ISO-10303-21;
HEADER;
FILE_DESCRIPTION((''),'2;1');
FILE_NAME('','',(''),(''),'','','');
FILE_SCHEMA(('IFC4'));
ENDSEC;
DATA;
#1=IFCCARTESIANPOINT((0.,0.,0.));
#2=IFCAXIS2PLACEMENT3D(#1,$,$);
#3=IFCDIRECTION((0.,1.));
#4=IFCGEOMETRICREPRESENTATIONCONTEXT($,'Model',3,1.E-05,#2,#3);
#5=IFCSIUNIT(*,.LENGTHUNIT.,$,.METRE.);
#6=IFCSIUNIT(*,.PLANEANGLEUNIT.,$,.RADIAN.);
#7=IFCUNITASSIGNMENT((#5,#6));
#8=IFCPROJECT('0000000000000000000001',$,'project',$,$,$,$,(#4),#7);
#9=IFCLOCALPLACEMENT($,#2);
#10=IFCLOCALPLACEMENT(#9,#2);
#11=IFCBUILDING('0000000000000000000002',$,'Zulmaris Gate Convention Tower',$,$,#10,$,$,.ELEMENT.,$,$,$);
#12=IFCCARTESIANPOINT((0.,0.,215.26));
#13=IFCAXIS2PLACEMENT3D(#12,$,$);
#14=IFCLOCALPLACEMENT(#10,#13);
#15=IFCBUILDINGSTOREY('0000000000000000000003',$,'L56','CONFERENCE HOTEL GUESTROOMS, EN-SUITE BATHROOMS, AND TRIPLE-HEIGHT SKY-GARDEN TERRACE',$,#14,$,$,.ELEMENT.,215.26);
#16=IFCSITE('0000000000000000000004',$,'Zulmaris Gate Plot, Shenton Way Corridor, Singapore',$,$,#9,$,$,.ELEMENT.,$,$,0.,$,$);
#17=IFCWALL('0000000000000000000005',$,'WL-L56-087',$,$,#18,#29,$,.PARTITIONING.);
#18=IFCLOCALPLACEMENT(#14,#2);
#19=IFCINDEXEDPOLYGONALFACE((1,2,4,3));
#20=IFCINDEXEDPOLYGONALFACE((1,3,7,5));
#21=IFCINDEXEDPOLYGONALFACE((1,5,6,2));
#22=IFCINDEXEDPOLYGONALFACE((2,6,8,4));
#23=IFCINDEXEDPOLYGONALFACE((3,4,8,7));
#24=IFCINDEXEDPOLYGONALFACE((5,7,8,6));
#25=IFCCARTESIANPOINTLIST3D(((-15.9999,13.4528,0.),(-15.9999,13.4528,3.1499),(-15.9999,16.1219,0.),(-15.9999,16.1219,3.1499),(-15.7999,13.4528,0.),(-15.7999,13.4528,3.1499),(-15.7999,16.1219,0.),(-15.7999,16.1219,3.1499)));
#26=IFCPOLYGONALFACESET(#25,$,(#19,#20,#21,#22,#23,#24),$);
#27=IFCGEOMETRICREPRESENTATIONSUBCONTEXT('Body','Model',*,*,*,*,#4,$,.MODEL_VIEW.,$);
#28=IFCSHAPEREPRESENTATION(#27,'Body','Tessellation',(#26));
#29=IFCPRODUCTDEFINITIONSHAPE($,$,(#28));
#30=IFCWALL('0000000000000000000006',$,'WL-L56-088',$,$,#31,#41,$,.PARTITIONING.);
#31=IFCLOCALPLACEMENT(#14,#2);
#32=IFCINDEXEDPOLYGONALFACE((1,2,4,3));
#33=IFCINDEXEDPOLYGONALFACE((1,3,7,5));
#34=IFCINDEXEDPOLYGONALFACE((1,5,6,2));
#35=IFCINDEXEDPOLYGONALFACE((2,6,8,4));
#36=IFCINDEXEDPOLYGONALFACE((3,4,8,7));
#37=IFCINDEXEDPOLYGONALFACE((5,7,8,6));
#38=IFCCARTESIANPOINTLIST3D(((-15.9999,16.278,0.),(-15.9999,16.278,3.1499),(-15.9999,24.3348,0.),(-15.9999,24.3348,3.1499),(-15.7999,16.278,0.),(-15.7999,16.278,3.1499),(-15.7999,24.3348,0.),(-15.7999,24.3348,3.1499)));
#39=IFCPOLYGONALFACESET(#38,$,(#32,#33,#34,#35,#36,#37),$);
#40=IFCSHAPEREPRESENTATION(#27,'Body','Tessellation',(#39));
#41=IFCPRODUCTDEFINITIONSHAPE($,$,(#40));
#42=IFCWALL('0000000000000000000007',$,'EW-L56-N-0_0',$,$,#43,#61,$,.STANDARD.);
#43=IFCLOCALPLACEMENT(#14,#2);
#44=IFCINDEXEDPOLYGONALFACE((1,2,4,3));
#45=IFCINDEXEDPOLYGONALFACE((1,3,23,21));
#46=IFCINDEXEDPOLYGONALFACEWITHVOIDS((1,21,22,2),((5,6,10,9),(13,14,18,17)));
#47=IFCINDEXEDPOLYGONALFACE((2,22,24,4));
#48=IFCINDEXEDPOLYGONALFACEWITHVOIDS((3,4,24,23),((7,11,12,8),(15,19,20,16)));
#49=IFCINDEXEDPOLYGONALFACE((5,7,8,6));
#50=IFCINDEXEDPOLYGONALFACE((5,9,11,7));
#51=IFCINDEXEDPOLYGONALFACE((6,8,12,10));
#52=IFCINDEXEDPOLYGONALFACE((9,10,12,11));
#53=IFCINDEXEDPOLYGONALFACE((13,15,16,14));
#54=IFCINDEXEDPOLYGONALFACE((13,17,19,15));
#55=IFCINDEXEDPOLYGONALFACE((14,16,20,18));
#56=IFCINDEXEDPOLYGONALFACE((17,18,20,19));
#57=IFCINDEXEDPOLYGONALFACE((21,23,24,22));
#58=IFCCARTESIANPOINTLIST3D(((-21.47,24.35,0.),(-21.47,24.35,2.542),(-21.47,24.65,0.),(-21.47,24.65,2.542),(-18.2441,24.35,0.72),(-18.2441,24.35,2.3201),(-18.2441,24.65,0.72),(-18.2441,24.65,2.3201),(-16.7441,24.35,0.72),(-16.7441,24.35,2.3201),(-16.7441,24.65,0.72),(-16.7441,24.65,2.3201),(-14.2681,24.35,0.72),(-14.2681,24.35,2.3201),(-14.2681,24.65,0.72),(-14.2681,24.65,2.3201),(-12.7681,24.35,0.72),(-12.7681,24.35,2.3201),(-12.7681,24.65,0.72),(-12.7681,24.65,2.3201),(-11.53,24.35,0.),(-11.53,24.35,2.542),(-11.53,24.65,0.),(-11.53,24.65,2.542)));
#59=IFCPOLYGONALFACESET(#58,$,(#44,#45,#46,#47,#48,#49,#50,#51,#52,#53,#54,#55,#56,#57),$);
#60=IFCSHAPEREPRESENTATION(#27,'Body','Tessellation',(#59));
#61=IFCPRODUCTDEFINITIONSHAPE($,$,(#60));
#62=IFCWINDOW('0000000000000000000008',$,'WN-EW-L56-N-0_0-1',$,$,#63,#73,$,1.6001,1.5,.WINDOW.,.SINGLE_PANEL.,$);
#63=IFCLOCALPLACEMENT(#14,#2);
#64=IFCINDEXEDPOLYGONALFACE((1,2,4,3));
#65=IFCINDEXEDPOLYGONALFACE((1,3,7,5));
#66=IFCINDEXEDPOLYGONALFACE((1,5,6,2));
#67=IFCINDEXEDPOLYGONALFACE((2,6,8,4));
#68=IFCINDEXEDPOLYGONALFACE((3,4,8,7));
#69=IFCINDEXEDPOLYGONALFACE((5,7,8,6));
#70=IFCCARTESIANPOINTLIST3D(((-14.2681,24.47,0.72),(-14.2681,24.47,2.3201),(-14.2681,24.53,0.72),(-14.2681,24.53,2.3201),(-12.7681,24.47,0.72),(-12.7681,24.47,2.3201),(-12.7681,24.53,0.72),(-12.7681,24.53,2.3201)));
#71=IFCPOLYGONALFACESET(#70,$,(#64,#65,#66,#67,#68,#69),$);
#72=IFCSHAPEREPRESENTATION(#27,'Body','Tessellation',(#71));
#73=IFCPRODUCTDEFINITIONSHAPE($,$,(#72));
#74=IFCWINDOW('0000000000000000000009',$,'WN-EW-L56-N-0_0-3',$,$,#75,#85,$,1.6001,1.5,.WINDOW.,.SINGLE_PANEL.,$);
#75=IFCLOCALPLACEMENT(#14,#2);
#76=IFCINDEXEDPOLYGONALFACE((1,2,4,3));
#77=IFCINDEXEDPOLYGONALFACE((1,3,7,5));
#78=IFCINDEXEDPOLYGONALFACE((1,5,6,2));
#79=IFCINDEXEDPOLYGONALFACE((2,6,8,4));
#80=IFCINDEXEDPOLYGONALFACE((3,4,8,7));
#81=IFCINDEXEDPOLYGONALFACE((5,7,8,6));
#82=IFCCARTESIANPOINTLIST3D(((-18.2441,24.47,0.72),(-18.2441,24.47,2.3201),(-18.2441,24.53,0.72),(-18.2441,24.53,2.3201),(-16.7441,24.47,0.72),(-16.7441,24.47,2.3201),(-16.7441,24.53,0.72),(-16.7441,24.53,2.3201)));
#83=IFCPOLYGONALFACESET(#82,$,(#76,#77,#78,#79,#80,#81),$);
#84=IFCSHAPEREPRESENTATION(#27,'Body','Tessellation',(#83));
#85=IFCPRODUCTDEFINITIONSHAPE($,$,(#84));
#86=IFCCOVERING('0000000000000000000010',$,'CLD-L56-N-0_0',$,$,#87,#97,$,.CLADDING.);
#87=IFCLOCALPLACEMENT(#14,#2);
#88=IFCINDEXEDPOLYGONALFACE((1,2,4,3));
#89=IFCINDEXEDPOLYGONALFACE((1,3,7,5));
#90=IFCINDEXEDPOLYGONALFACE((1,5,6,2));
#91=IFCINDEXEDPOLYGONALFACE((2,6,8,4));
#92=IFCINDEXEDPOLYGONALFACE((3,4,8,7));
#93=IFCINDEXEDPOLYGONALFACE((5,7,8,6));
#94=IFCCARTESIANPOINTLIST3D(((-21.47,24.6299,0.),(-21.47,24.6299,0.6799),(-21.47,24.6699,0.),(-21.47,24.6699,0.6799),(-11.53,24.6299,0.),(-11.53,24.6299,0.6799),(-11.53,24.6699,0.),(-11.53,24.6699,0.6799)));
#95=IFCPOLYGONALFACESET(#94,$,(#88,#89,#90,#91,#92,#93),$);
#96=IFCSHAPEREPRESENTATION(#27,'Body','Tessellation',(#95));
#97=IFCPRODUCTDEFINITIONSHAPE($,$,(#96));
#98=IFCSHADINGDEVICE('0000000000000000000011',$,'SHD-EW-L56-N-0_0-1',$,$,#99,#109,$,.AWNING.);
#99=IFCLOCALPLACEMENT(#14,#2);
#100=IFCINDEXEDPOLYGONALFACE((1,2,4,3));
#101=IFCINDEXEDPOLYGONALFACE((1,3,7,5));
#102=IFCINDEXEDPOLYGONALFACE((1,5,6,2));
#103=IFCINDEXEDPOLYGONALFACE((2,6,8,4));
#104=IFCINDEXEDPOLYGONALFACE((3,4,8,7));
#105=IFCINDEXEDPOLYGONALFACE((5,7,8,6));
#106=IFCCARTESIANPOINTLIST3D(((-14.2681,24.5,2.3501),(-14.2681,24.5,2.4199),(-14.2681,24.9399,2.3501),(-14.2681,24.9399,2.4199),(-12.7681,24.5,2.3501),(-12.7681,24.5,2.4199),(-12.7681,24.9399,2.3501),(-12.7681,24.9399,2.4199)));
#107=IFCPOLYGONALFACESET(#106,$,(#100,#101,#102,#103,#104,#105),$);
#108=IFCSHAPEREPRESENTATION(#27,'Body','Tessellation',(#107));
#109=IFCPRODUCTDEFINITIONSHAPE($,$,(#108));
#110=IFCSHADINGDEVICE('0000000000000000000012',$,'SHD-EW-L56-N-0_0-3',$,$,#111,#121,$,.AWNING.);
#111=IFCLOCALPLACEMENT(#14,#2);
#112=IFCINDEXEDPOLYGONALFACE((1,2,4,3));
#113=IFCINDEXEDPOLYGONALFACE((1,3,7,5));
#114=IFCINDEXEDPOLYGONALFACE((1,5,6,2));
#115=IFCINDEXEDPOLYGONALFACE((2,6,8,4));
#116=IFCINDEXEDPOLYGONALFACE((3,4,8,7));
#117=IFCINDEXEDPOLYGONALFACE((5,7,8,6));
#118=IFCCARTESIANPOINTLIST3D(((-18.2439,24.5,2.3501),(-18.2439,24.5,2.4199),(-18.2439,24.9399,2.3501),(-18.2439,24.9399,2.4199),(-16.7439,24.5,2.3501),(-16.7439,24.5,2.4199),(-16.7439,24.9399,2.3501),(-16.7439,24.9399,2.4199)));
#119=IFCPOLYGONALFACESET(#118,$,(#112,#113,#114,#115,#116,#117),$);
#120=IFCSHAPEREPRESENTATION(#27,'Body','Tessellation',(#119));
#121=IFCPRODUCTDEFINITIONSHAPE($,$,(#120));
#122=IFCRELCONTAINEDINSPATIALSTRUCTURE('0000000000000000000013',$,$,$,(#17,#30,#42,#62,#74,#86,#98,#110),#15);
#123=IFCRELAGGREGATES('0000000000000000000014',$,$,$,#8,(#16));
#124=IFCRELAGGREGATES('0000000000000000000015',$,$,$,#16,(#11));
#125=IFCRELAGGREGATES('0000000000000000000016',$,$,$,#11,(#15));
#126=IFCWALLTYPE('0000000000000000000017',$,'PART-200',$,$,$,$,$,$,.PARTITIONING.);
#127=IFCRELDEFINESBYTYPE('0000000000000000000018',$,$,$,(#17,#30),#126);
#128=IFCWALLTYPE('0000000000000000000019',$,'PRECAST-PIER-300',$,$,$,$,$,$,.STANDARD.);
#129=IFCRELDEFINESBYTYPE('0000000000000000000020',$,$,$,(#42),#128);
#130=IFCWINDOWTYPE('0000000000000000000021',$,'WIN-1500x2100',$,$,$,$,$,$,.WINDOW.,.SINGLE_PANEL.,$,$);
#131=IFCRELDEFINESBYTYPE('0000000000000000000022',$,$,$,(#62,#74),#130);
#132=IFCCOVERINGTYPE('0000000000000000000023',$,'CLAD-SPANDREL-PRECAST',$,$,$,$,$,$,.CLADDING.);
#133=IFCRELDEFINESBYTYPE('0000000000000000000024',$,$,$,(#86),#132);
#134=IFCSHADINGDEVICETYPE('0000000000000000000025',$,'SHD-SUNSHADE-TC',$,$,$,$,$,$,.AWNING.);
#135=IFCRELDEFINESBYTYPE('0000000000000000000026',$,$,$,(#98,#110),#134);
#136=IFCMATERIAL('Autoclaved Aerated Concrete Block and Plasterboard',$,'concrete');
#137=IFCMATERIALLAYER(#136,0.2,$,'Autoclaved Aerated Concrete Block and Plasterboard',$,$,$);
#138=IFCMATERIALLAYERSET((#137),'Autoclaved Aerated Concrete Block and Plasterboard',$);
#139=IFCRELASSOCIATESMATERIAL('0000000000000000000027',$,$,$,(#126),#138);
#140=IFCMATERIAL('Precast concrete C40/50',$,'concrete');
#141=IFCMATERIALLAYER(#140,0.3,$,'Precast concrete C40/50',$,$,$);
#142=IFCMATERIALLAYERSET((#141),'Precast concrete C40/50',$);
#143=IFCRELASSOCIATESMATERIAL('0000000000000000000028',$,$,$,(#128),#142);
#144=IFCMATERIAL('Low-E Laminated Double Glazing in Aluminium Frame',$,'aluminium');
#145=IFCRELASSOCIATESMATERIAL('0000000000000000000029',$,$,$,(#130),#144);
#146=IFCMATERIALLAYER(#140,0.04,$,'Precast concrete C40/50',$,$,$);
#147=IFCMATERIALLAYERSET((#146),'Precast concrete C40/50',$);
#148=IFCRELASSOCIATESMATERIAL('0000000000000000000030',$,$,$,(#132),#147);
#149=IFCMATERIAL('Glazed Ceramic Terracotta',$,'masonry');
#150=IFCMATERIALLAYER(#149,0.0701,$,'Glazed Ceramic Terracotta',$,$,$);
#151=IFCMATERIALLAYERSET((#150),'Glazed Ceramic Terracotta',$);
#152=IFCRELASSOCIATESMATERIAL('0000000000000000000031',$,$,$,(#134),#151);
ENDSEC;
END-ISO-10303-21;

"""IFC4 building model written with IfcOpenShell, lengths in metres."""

from ifc_helpers import new_model, si_unit, direction, frame, frame_2d, origin, place, context, subcontext, project, spatial, rectangle, extrude, material, layer, layer_set, type_object, element, fill, save


model = new_model("IFC4")

# Units and contexts
model_context = context("Model", 3, precision=1e-05, world=origin(), true_north=direction((0.0, 1.0)))
body_context = subcontext(model_context, "Body", "Model", "MODEL_VIEW")
ifc_project = project(units=[si_unit("LENGTHUNIT", "METRE"), si_unit("PLANEANGLEUNIT", "RADIAN")], contexts=[model_context])

# Site, building, storey
site_placement = place(None, origin())
site = spatial("IfcSite", under=ifc_project, at=site_placement, Name="Zulmaris Gate Plot, Shenton Way Corridor, Singapore", CompositionType="ELEMENT", RefElevation=0.0)
building_placement = place(site_placement, origin())
building = spatial("IfcBuilding", under=site, at=building_placement, Name="Zulmaris Gate Convention Tower", CompositionType="ELEMENT")
storey_placement = place(building_placement, frame((0.0, 0.0, 215.26)))
storey = spatial("IfcBuildingStorey", under=building, at=storey_placement, Name="L56", Description="CONFERENCE HOTEL GUESTROOMS, EN-SUITE BATHROOMS, AND TRIPLE-HEIGHT SKY-GARDEN TERRACE", CompositionType="ELEMENT", Elevation=215.26)

# Walls
ifc_material_1 = material(Name="Autoclaved Aerated Concrete Block and Plasterboard", Category="concrete")
ifc_layer_1 = layer(ifc_material_1, 0.2, Name="Autoclaved Aerated Concrete Block and Plasterboard")
ifc_layer_set_1 = layer_set([ifc_layer_1], Name="Autoclaved Aerated Concrete Block and Plasterboard")
wall_type_1 = type_object("IfcWallType", Name="PART-200", PredefinedType="PARTITIONING", material=ifc_layer_set_1)
wall_1_placement = place(storey_placement, frame((-15.8999, 13.4529, 0.0), z_axis=(0.0, 0.0, 1.0), x_axis=(0.0, 1.0, 0.0)))
element("IfcWall", 1, at=wall_1_placement, inside=storey, type_object=wall_type_1, Name="WL-L56-087", PredefinedType="PARTITIONING", context=body_context, shape_type="SweptSolid", body=[
    extrude(rectangle(XDim=2.6692, YDim=0.2, at=frame_2d((1.3345, 0.0))), origin(), (0.0, 0.0, 1.0), 3.1499),
])
wall_2_placement = place(storey_placement, frame((-15.8999, 16.2781, 0.0), z_axis=(0.0, 0.0, 1.0), x_axis=(0.0, 1.0, 0.0)))
element("IfcWall", 2, at=wall_2_placement, inside=storey, type_object=wall_type_1, Name="WL-L56-088", PredefinedType="PARTITIONING", context=body_context, shape_type="SweptSolid", body=[
    extrude(rectangle(XDim=8.0569, YDim=0.2, at=frame_2d((4.0283, 0.0))), origin(), (0.0, 0.0, 1.0), 3.1499),
])

# Wall, openings, windows
ifc_material_2 = material(Name="Precast concrete C40/50", Category="concrete")
ifc_layer_2 = layer(ifc_material_2, 0.3, Name="Precast concrete C40/50")
ifc_layer_set_2 = layer_set([ifc_layer_2], Name="Precast concrete C40/50")
wall_type_2 = type_object("IfcWallType", Name="PRECAST-PIER-300", PredefinedType="STANDARD", material=ifc_layer_set_2)
wall_3_placement = place(storey_placement, frame((-11.53, 24.5, 0.0), z_axis=(0.0, 0.0, 1.0), x_axis=(-1.0, 0.0, 0.0)))
wall_3 = element("IfcWall", 3, at=wall_3_placement, inside=storey, type_object=wall_type_2, Name="EW-L56-N-0_0", PredefinedType="STANDARD", context=body_context, shape_type="SweptSolid", body=[
    extrude(rectangle(XDim=9.9399, YDim=0.3, at=frame_2d((4.97, 0.0))), origin(), (0.0, 0.0, 1.0), 2.542),
])
opening_1_placement = place(wall_3_placement, frame((1.238, 0.0, 0.72)))
opening_1 = element("IfcOpeningElement", 4, at=opening_1_placement, cuts=wall_3, PredefinedType="OPENING", context=body_context, shape_type="SweptSolid", body=[
    extrude(rectangle(XDim=1.5, YDim=1.6001, at=frame_2d((0.75, 0.8))), frame((0.0, 0.1602, 0.0), z_axis=(0.0, -1.0, 0.0), x_axis=(1.0, 0.0, 0.0)), (0.0, 0.0, 1.0), 0.3201),
])
opening_2_placement = place(wall_3_placement, frame((5.2141, 0.0, 0.72)))
opening_2 = element("IfcOpeningElement", 5, at=opening_2_placement, cuts=wall_3, PredefinedType="OPENING", context=body_context, shape_type="SweptSolid", body=[
    extrude(rectangle(XDim=1.5, YDim=1.6001, at=frame_2d((0.75, 0.8))), frame((0.0, 0.1602, 0.0), z_axis=(0.0, -1.0, 0.0), x_axis=(1.0, 0.0, 0.0)), (0.0, 0.0, 1.0), 0.3201),
])
ifc_material_3 = material(Name="Low-E Laminated Double Glazing in Aluminium Frame", Category="aluminium")
window_type = type_object("IfcWindowType", Name="WIN-1500x2100", PartitioningType="SINGLE_PANEL", PredefinedType="WINDOW", material=ifc_material_3)
window_1_placement = place(opening_1_placement, origin())
window_1 = element("IfcWindow", 6, at=window_1_placement, inside=storey, type_object=window_type, Name="WN-EW-L56-N-0_0-1", OverallHeight=1.6001, OverallWidth=1.5, PartitioningType="SINGLE_PANEL", PredefinedType="WINDOW", context=body_context, shape_type="SweptSolid", body=[
    extrude(rectangle(XDim=1.5, YDim=1.6001, at=frame_2d((0.75, 0.8))), frame((0.0, 0.03, 0.0), z_axis=(0.0, -1.0, 0.0), x_axis=(1.0, 0.0, 0.0)), (0.0, 0.0, 1.0), 0.0601),
])
fill(opening_1, window_1)
window_2_placement = place(opening_2_placement, origin())
window_2 = element("IfcWindow", 7, at=window_2_placement, inside=storey, type_object=window_type, Name="WN-EW-L56-N-0_0-3", OverallHeight=1.6001, OverallWidth=1.5, PartitioningType="SINGLE_PANEL", PredefinedType="WINDOW", context=body_context, shape_type="SweptSolid", body=[
    extrude(rectangle(XDim=1.5, YDim=1.6001, at=frame_2d((0.75, 0.8))), frame((0.0, 0.03, 0.0), z_axis=(0.0, -1.0, 0.0), x_axis=(1.0, 0.0, 0.0)), (0.0, 0.0, 1.0), 0.0601),
])
fill(opening_2, window_2)

# Covering
ifc_layer_3 = layer(ifc_material_2, 0.04, Name="Precast concrete C40/50")
ifc_layer_set_3 = layer_set([ifc_layer_3], Name="Precast concrete C40/50")
covering_type = type_object("IfcCoveringType", Name="CLAD-SPANDREL-PRECAST", PredefinedType="CLADDING", material=ifc_layer_set_3)
covering_placement = place(storey_placement, frame((-11.53, 24.6499, 0.0), z_axis=(0.0, 0.0, 1.0), x_axis=(-1.0, 0.0, 0.0)))
element("IfcCovering", 8, at=covering_placement, inside=storey, type_object=covering_type, Name="CLD-L56-N-0_0", PredefinedType="CLADDING", context=body_context, shape_type="SweptSolid", body=[
    extrude(rectangle(XDim=9.9399, YDim=0.04, at=frame_2d((4.97, 0.0))), origin(), (0.0, 0.0, 1.0), 0.6799),
])

# Shading devices
ifc_material_4 = material(Name="Glazed Ceramic Terracotta", Category="masonry")
ifc_layer_4 = layer(ifc_material_4, 0.0701, Name="Glazed Ceramic Terracotta")
ifc_layer_set_4 = layer_set([ifc_layer_4], Name="Glazed Ceramic Terracotta")
shading_device_type = type_object("IfcShadingDeviceType", Name="SHD-SUNSHADE-TC", PredefinedType="AWNING", material=ifc_layer_set_4)
for number, where, z_axis, x_axis, name in (
    (9, (-12.7681, 24.72, 2.3501), (0.0, 0.0, 1.0), (-1.0, 0.0, 0.0), "SHD-EW-L56-N-0_0-1"),
    (10, (-16.7439, 24.72, 2.3501), (0.0, 0.0, 1.0), (-1.0, 0.0, 0.0), "SHD-EW-L56-N-0_0-3"),
):
    element("IfcShadingDevice", number, at=place(storey_placement, frame(where, z_axis=z_axis, x_axis=x_axis)), inside=storey, type_object=shading_device_type, Name=name, PredefinedType="AWNING", context=body_context, shape_type="SweptSolid", body=[
        extrude(rectangle(XDim=1.5, YDim=0.4399, at=frame_2d((0.75, 0.0))), origin(), (0.0, 0.0, 1.0), 0.0698),
    ])

save(model, "model.ifc")
